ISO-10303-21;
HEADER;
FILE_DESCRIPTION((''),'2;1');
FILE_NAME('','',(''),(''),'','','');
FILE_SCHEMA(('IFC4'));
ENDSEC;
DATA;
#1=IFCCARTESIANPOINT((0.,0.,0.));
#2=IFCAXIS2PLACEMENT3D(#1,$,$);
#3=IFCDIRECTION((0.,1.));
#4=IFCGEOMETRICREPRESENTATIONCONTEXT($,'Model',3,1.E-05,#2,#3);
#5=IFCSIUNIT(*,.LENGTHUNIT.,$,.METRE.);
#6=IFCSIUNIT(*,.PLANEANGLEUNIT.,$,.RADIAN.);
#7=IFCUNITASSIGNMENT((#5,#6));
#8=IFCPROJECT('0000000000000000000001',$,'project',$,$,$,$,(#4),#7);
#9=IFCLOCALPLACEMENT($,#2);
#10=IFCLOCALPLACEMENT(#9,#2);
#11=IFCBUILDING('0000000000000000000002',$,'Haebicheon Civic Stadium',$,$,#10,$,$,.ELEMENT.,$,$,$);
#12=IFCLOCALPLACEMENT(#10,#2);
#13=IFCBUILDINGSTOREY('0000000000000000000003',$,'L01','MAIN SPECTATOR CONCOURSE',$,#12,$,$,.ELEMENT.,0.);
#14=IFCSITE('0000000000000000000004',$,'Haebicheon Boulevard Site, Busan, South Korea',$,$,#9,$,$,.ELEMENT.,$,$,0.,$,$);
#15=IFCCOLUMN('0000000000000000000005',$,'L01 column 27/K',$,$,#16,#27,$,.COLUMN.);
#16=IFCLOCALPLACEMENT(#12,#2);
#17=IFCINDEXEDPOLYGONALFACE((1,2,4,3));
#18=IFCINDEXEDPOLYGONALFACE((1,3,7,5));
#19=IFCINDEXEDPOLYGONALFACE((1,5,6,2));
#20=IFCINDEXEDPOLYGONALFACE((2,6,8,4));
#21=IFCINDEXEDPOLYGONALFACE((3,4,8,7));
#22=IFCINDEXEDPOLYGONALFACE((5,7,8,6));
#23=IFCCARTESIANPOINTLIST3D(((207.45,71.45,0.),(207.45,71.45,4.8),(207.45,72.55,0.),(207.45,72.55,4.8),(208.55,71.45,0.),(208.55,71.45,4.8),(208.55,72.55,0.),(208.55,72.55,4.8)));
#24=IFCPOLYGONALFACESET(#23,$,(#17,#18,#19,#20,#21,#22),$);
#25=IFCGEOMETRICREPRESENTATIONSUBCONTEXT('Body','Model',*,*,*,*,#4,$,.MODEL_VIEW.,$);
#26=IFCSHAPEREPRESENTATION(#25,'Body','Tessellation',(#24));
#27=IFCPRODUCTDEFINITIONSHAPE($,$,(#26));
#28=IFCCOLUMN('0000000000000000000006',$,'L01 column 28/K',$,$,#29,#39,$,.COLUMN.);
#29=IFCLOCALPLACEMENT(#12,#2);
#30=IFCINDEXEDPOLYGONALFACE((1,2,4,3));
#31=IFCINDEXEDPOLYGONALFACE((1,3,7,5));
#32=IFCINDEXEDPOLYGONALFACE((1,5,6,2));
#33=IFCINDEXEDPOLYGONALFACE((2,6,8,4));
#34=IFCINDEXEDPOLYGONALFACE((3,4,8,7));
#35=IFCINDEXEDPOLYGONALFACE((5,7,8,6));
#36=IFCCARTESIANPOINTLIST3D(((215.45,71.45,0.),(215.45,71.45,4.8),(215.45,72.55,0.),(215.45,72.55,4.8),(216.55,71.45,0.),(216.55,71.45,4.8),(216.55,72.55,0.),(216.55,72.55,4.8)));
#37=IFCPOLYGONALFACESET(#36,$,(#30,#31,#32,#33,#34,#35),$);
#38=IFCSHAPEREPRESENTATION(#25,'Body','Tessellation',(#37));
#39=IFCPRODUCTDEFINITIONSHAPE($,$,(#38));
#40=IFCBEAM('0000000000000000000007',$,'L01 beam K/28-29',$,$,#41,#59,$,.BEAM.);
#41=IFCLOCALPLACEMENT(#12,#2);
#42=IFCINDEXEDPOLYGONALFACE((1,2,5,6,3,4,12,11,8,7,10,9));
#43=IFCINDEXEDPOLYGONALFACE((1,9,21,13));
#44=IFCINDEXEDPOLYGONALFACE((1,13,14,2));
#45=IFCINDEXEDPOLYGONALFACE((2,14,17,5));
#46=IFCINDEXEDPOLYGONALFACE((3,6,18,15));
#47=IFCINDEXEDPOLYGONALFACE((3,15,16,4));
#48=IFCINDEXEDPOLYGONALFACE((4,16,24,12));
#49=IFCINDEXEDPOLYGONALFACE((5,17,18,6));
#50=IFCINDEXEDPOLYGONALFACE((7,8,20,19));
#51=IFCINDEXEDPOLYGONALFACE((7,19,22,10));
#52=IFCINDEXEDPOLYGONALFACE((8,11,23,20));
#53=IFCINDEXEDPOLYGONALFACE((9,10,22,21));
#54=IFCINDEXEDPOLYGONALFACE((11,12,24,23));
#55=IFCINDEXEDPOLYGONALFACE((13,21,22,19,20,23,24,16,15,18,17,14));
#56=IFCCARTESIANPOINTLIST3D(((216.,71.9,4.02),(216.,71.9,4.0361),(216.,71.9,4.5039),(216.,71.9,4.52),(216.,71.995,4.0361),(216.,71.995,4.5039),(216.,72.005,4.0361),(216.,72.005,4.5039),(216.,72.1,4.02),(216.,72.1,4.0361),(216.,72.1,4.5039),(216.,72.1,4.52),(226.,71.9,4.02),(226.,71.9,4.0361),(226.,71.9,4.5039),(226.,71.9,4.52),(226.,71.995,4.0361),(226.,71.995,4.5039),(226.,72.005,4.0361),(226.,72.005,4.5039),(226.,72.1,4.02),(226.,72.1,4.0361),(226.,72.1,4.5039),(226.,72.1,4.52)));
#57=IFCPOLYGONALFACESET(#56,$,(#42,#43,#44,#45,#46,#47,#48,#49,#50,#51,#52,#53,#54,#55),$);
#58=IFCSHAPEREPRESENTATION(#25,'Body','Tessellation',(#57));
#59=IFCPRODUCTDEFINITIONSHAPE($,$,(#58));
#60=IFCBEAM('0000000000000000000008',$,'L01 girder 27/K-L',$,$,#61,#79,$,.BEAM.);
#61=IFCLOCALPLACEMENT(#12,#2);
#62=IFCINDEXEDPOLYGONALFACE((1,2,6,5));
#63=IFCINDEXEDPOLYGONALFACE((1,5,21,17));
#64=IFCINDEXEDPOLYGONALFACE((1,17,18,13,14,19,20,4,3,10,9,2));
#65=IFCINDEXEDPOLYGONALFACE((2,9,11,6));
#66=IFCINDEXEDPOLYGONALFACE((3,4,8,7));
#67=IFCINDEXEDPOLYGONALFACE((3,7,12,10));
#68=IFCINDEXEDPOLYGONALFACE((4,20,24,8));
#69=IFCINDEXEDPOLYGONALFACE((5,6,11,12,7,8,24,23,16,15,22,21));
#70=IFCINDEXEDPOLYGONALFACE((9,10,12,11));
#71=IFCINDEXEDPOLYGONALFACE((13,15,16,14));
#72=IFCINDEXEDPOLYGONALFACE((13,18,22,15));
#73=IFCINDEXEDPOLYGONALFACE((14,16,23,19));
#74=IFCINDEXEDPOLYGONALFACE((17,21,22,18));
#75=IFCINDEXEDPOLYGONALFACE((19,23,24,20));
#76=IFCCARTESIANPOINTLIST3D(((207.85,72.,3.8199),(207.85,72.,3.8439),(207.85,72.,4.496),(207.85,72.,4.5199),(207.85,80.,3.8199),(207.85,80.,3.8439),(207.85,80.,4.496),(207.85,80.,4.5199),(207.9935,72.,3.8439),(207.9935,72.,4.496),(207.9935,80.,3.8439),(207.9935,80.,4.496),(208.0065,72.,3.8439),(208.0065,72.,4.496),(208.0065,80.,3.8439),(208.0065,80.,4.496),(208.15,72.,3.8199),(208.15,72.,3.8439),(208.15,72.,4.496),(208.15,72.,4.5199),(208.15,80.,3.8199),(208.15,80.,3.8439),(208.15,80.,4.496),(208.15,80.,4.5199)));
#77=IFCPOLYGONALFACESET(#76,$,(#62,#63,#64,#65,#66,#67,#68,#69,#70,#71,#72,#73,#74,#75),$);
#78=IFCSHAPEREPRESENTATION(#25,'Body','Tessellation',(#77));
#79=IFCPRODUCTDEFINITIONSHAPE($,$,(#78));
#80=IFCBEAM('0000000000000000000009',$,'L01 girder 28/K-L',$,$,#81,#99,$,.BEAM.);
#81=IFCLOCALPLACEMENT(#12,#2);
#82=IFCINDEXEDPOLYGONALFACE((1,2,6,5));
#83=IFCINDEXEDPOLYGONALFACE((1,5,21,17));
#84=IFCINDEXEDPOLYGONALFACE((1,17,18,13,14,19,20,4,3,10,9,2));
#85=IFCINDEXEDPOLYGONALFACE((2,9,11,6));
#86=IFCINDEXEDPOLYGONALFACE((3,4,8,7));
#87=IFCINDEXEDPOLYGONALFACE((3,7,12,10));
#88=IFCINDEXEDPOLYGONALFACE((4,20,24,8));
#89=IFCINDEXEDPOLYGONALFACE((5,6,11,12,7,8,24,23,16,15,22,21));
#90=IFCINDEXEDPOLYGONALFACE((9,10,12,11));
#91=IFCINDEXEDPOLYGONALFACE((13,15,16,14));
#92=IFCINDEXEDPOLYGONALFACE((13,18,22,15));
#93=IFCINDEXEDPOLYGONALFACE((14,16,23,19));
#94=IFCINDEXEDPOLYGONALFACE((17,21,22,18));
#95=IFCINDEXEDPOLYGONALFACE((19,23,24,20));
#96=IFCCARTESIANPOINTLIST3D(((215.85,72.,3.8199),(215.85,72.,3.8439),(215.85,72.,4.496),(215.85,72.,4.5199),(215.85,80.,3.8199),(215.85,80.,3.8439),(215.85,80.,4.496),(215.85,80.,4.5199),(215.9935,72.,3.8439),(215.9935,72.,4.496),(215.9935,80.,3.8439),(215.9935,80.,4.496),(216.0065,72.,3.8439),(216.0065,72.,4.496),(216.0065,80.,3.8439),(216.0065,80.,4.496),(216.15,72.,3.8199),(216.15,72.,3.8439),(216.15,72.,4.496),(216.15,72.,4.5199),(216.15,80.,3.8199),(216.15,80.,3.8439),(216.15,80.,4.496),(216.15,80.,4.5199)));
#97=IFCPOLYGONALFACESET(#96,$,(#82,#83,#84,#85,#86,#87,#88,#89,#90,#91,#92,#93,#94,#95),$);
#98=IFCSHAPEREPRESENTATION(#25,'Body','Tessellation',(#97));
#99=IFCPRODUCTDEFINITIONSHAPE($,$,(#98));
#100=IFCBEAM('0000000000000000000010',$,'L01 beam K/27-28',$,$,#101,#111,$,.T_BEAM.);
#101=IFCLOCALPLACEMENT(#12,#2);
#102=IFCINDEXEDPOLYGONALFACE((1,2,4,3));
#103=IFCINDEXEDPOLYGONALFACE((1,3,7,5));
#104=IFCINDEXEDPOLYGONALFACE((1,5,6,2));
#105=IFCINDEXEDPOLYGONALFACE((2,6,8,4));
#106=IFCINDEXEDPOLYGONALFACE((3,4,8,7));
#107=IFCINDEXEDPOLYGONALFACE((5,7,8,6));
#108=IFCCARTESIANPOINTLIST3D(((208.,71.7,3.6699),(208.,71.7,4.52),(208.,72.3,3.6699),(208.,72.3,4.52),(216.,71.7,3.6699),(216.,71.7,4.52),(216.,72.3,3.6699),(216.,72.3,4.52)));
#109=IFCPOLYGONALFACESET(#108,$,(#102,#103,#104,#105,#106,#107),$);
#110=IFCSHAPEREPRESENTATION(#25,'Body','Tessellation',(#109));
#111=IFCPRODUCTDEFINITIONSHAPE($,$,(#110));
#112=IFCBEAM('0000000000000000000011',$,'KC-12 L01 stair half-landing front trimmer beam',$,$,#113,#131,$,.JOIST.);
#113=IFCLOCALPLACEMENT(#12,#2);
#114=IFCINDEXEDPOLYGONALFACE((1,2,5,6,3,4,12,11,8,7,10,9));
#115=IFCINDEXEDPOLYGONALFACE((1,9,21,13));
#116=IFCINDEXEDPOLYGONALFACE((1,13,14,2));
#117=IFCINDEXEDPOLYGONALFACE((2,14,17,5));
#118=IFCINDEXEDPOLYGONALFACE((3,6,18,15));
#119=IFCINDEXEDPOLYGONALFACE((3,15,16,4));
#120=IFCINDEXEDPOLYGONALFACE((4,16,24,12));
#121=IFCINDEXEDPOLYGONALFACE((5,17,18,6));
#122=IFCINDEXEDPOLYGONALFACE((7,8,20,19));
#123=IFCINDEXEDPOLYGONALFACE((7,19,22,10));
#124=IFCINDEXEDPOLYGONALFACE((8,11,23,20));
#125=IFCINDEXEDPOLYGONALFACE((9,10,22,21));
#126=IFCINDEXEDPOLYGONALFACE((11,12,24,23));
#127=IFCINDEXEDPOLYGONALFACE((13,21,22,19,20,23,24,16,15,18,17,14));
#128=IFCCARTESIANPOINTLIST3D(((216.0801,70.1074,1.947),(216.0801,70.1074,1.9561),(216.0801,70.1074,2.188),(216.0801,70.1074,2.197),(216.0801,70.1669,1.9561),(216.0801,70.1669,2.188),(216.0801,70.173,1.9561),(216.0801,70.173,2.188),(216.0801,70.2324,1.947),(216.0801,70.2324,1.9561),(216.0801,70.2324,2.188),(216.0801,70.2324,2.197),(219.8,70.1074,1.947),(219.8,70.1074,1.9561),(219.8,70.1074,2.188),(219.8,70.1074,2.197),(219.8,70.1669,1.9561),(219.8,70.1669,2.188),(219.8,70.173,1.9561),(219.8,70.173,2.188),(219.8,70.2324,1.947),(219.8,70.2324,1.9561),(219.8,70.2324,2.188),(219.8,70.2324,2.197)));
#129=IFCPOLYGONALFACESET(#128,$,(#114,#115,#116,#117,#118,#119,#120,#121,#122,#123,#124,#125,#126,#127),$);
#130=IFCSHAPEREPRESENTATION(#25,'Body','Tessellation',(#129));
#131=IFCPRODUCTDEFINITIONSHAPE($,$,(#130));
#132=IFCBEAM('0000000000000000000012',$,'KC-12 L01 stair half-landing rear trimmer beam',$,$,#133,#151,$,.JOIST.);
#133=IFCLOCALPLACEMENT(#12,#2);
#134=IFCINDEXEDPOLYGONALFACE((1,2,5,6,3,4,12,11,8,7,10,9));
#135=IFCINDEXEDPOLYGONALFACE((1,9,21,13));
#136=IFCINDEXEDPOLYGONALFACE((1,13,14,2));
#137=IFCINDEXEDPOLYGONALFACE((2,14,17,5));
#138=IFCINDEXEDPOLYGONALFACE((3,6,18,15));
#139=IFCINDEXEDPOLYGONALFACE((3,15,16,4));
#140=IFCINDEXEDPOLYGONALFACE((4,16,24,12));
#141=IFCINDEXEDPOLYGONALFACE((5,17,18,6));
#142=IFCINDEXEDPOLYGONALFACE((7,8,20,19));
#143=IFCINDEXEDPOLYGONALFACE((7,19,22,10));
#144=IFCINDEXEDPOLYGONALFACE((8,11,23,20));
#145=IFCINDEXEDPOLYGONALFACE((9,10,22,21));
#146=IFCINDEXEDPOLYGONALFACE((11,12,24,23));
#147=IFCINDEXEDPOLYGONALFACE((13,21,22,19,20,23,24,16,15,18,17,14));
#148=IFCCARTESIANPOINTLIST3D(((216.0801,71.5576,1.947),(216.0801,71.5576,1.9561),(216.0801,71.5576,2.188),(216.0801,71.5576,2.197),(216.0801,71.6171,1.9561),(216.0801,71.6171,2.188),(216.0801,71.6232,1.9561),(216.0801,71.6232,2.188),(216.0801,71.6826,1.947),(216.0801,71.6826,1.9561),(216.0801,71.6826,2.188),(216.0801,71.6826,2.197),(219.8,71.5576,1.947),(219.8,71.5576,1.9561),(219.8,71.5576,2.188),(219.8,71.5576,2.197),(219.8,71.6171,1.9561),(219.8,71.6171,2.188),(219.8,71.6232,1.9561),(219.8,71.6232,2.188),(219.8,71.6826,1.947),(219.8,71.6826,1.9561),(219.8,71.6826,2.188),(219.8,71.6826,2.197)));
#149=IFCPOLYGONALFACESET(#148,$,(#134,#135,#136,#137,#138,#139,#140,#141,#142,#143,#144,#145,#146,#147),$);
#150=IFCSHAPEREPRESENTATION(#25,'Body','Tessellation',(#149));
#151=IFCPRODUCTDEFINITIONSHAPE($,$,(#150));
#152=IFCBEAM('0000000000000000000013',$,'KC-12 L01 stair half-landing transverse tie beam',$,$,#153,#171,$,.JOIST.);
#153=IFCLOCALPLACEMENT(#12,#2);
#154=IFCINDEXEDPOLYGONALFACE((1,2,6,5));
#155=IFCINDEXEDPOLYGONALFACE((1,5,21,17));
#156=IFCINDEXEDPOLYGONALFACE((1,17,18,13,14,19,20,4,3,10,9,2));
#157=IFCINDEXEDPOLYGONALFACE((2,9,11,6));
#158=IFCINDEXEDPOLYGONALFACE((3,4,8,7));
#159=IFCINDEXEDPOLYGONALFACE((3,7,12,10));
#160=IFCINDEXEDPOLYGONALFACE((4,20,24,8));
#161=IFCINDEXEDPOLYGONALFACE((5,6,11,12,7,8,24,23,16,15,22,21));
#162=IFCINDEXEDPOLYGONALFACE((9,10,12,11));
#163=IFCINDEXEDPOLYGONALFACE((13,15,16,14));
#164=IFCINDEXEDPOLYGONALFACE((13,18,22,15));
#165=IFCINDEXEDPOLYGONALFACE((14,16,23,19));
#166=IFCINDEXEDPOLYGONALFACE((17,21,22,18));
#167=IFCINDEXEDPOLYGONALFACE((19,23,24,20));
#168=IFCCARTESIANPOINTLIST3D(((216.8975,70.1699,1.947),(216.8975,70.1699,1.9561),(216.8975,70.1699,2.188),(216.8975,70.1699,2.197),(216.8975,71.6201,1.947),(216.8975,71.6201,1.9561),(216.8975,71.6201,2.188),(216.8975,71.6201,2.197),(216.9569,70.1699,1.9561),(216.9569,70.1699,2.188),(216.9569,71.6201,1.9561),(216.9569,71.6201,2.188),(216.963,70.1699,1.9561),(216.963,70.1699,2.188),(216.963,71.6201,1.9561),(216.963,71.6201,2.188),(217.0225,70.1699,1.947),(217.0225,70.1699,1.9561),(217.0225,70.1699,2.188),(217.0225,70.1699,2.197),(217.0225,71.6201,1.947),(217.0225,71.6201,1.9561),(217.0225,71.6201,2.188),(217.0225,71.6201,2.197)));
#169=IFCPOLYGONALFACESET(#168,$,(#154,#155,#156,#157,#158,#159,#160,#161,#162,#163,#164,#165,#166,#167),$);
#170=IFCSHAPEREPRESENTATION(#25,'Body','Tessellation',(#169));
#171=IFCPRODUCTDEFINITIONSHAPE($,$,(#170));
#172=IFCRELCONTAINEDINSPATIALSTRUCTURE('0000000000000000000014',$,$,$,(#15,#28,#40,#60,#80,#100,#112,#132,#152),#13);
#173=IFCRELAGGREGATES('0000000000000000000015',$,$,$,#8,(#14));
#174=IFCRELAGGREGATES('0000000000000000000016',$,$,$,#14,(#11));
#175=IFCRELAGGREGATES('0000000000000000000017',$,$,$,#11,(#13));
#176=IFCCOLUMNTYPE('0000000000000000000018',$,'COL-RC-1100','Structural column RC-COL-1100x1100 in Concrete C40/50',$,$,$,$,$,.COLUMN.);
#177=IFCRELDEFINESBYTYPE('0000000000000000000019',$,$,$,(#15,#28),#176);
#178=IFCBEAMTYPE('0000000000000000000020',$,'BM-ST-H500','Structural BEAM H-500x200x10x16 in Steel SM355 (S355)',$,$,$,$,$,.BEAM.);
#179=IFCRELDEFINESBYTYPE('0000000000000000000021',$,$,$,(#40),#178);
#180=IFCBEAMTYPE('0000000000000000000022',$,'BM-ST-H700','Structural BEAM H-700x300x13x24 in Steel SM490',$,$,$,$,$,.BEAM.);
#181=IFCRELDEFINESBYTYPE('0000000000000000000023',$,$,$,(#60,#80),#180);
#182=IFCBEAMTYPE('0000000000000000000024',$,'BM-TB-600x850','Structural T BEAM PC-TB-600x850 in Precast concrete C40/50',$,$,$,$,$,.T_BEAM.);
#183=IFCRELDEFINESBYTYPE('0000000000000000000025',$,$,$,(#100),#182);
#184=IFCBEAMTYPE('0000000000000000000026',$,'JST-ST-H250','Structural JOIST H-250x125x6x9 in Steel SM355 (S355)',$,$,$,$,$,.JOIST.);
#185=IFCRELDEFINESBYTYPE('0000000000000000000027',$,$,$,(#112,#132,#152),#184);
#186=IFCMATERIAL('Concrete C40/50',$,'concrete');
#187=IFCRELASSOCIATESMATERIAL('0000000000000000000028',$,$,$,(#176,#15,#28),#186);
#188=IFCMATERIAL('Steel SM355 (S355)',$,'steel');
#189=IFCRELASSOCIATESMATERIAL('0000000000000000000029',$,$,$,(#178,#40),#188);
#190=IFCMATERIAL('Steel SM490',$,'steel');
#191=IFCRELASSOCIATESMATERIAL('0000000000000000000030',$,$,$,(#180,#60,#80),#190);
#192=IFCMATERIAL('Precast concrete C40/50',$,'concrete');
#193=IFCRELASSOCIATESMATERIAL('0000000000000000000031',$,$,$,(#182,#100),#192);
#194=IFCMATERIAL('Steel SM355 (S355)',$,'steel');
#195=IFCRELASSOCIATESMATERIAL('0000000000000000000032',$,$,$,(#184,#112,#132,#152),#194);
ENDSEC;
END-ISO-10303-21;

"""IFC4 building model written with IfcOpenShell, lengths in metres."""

from ifc_helpers import new_model, si_unit, direction, frame, origin, origin_2d, place, context, subcontext, project, spatial, rectangle, i_section, extrude, material, material_profile, profile_set, type_object, element, save


model = new_model("IFC4")

# Units and contexts
model_context = context("Model", 3, precision=1e-05, world=origin(), true_north=direction((0.0, 1.0)))
body_context = subcontext(model_context, "Body", "Model", "MODEL_VIEW")
ifc_project = project(units=[si_unit("LENGTHUNIT", "METRE"), si_unit("PLANEANGLEUNIT", "RADIAN")], contexts=[model_context])

# Site, building, storey
site_placement = place(None, origin())
site = spatial("IfcSite", under=ifc_project, at=site_placement, Name="Haebicheon Boulevard Site, Busan, South Korea", CompositionType="ELEMENT", RefElevation=0.0)
building_placement = place(site_placement, origin())
building = spatial("IfcBuilding", under=site, at=building_placement, Name="Haebicheon Civic Stadium", CompositionType="ELEMENT")
storey_placement = place(building_placement, origin())
storey = spatial("IfcBuildingStorey", under=building, at=storey_placement, Name="L01", Description="MAIN SPECTATOR CONCOURSE", CompositionType="ELEMENT", Elevation=0.0)

# Columns
ifc_material_1 = material(Name="Concrete C40/50", Category="concrete")
ifc_material_profile_1 = material_profile(ifc_material_1, rectangle(XDim=1.1001, YDim=1.1001, at=origin_2d()), Name="RC-COL-1100x1100")
ifc_profile_set_1 = profile_set([ifc_material_profile_1], Name="Concrete C40/50")
column_type = type_object("IfcColumnType", Name="COL-RC-1100", Description="Structural column RC-COL-1100x1100 in Concrete C40/50", PredefinedType="COLUMN", material=ifc_profile_set_1)
for number, where, z_axis, x_axis, name in (
    (1, (208.0, 72.0, 0.0), (0.0, 0.0, 1.0), (1.0, 0.0, 0.0), "L01 column 27/K"),
    (2, (216.0, 72.0, 0.0), (0.0, 0.0, 1.0), (1.0, 0.0, 0.0), "L01 column 28/K"),
):
    element("IfcColumn", number, at=place(storey_placement, frame(where, z_axis=z_axis, x_axis=x_axis)), inside=storey, type_object=column_type, material=ifc_profile_set_1, Name=name, PredefinedType="COLUMN", context=body_context, shape_type="SweptSolid", body=[
        extrude(rectangle(XDim=1.1001, YDim=1.1001, at=origin_2d()), origin(), (0.0, 0.0, 1.0), 4.8),
    ])

# Beams
ifc_material_2 = material(Name="Steel SM355 (S355)", Category="steel")
ifc_material_profile_2 = material_profile(ifc_material_2, i_section(OverallWidth=0.2, OverallDepth=0.5, WebThickness=0.01, FlangeThickness=0.0161, at=origin_2d()), Name="H-500x200x10x16")
ifc_profile_set_2 = profile_set([ifc_material_profile_2], Name="Steel SM355 (S355)")
beam_type_1 = type_object("IfcBeamType", Name="BM-ST-H500", Description="Structural BEAM H-500x200x10x16 in Steel SM355 (S355)", PredefinedType="BEAM", material=ifc_profile_set_2)
beam_1_placement = place(storey_placement, frame((216.0, 72.0, 4.27), z_axis=(1.0, 0.0, 0.0), x_axis=(0.0, 1.0, 0.0)))
element("IfcBeam", 3, at=beam_1_placement, inside=storey, type_object=beam_type_1, material=ifc_profile_set_2, Name="L01 beam K/28-29", PredefinedType="BEAM", context=body_context, shape_type="SweptSolid", body=[
    extrude(i_section(OverallWidth=0.2, OverallDepth=0.5, WebThickness=0.01, FlangeThickness=0.0161, at=origin_2d()), origin(), (0.0, 0.0, 1.0), 10.0),
])
ifc_material_3 = material(Name="Steel SM490", Category="steel")
ifc_material_profile_3 = material_profile(ifc_material_3, i_section(OverallWidth=0.3, OverallDepth=0.7, WebThickness=0.0129, FlangeThickness=0.0239, at=origin_2d()), Name="H-700x300x13x24")
ifc_profile_set_3 = profile_set([ifc_material_profile_3], Name="Steel SM490")
beam_type_2 = type_object("IfcBeamType", Name="BM-ST-H700", Description="Structural BEAM H-700x300x13x24 in Steel SM490", PredefinedType="BEAM", material=ifc_profile_set_3)
for number, where, z_axis, x_axis, name in (
    (4, (208.0, 72.0, 4.1699), (0.0, 1.0, 0.0), (-1.0, 0.0, 0.0), "L01 girder 27/K-L"),
    (5, (216.0, 72.0, 4.1699), (0.0, 1.0, 0.0), (-1.0, 0.0, 0.0), "L01 girder 28/K-L"),
):
    element("IfcBeam", number, at=place(storey_placement, frame(where, z_axis=z_axis, x_axis=x_axis)), inside=storey, type_object=beam_type_2, material=ifc_profile_set_3, Name=name, PredefinedType="BEAM", context=body_context, shape_type="SweptSolid", body=[
        extrude(i_section(OverallWidth=0.3, OverallDepth=0.7, WebThickness=0.0129, FlangeThickness=0.0239, at=origin_2d()), origin(), (0.0, 0.0, 1.0), 8.0),
    ])
ifc_material_4 = material(Name="Precast concrete C40/50", Category="concrete")
ifc_material_profile_4 = material_profile(ifc_material_4, rectangle(XDim=0.6001, YDim=0.8501, at=origin_2d()), Name="PC-TB-600x850")
ifc_profile_set_4 = profile_set([ifc_material_profile_4], Name="Precast concrete C40/50")
beam_type_3 = type_object("IfcBeamType", Name="BM-TB-600x850", Description="Structural T BEAM PC-TB-600x850 in Precast concrete C40/50", PredefinedType="T_BEAM", material=ifc_profile_set_4)
beam_2_placement = place(storey_placement, frame((208.0, 72.0, 4.095), z_axis=(1.0, 0.0, 0.0), x_axis=(0.0, 1.0, 0.0)))
element("IfcBeam", 6, at=beam_2_placement, inside=storey, type_object=beam_type_3, material=ifc_profile_set_4, Name="L01 beam K/27-28", PredefinedType="T_BEAM", context=body_context, shape_type="SweptSolid", body=[
    extrude(rectangle(XDim=0.6001, YDim=0.8501, at=origin_2d()), origin(), (0.0, 0.0, 1.0), 8.0),
])
ifc_material_5 = material(Name="Steel SM355 (S355)", Category="steel")
ifc_material_profile_5 = material_profile(ifc_material_5, i_section(OverallWidth=0.125, OverallDepth=0.25, WebThickness=0.0061, FlangeThickness=0.009, at=origin_2d()), Name="H-250x125x6x9")
ifc_profile_set_5 = profile_set([ifc_material_profile_5], Name="Steel SM355 (S355)")
beam_type_4 = type_object("IfcBeamType", Name="JST-ST-H250", Description="Structural JOIST H-250x125x6x9 in Steel SM355 (S355)", PredefinedType="JOIST", material=ifc_profile_set_5)
for number, where, z_axis, x_axis, name in (
    (7, (216.0801, 70.1699, 2.072), (1.0, 0.0, 0.0), (0.0, 1.0, 0.0), "KC-12 L01 stair half-landing front trimmer beam"),
    (8, (216.0801, 71.6201, 2.072), (1.0, 0.0, 0.0), (0.0, 1.0, 0.0), "KC-12 L01 stair half-landing rear trimmer beam"),
):
    element("IfcBeam", number, at=place(storey_placement, frame(where, z_axis=z_axis, x_axis=x_axis)), inside=storey, type_object=beam_type_4, material=ifc_profile_set_5, Name=name, PredefinedType="JOIST", context=body_context, shape_type="SweptSolid", body=[
        extrude(i_section(OverallWidth=0.125, OverallDepth=0.25, WebThickness=0.0061, FlangeThickness=0.009, at=origin_2d()), origin(), (0.0, 0.0, 1.0), 3.72),
    ])
beam_3_placement = place(storey_placement, frame((216.96, 70.1699, 2.072), z_axis=(0.0, 1.0, 0.0), x_axis=(-1.0, 0.0, 0.0)))
element("IfcBeam", 9, at=beam_3_placement, inside=storey, type_object=beam_type_4, material=ifc_profile_set_5, Name="KC-12 L01 stair half-landing transverse tie beam", PredefinedType="JOIST", context=body_context, shape_type="SweptSolid", body=[
    extrude(i_section(OverallWidth=0.125, OverallDepth=0.25, WebThickness=0.0061, FlangeThickness=0.009, at=origin_2d()), origin(), (0.0, 0.0, 1.0), 1.4502),
])

save(model, "model.ifc")
